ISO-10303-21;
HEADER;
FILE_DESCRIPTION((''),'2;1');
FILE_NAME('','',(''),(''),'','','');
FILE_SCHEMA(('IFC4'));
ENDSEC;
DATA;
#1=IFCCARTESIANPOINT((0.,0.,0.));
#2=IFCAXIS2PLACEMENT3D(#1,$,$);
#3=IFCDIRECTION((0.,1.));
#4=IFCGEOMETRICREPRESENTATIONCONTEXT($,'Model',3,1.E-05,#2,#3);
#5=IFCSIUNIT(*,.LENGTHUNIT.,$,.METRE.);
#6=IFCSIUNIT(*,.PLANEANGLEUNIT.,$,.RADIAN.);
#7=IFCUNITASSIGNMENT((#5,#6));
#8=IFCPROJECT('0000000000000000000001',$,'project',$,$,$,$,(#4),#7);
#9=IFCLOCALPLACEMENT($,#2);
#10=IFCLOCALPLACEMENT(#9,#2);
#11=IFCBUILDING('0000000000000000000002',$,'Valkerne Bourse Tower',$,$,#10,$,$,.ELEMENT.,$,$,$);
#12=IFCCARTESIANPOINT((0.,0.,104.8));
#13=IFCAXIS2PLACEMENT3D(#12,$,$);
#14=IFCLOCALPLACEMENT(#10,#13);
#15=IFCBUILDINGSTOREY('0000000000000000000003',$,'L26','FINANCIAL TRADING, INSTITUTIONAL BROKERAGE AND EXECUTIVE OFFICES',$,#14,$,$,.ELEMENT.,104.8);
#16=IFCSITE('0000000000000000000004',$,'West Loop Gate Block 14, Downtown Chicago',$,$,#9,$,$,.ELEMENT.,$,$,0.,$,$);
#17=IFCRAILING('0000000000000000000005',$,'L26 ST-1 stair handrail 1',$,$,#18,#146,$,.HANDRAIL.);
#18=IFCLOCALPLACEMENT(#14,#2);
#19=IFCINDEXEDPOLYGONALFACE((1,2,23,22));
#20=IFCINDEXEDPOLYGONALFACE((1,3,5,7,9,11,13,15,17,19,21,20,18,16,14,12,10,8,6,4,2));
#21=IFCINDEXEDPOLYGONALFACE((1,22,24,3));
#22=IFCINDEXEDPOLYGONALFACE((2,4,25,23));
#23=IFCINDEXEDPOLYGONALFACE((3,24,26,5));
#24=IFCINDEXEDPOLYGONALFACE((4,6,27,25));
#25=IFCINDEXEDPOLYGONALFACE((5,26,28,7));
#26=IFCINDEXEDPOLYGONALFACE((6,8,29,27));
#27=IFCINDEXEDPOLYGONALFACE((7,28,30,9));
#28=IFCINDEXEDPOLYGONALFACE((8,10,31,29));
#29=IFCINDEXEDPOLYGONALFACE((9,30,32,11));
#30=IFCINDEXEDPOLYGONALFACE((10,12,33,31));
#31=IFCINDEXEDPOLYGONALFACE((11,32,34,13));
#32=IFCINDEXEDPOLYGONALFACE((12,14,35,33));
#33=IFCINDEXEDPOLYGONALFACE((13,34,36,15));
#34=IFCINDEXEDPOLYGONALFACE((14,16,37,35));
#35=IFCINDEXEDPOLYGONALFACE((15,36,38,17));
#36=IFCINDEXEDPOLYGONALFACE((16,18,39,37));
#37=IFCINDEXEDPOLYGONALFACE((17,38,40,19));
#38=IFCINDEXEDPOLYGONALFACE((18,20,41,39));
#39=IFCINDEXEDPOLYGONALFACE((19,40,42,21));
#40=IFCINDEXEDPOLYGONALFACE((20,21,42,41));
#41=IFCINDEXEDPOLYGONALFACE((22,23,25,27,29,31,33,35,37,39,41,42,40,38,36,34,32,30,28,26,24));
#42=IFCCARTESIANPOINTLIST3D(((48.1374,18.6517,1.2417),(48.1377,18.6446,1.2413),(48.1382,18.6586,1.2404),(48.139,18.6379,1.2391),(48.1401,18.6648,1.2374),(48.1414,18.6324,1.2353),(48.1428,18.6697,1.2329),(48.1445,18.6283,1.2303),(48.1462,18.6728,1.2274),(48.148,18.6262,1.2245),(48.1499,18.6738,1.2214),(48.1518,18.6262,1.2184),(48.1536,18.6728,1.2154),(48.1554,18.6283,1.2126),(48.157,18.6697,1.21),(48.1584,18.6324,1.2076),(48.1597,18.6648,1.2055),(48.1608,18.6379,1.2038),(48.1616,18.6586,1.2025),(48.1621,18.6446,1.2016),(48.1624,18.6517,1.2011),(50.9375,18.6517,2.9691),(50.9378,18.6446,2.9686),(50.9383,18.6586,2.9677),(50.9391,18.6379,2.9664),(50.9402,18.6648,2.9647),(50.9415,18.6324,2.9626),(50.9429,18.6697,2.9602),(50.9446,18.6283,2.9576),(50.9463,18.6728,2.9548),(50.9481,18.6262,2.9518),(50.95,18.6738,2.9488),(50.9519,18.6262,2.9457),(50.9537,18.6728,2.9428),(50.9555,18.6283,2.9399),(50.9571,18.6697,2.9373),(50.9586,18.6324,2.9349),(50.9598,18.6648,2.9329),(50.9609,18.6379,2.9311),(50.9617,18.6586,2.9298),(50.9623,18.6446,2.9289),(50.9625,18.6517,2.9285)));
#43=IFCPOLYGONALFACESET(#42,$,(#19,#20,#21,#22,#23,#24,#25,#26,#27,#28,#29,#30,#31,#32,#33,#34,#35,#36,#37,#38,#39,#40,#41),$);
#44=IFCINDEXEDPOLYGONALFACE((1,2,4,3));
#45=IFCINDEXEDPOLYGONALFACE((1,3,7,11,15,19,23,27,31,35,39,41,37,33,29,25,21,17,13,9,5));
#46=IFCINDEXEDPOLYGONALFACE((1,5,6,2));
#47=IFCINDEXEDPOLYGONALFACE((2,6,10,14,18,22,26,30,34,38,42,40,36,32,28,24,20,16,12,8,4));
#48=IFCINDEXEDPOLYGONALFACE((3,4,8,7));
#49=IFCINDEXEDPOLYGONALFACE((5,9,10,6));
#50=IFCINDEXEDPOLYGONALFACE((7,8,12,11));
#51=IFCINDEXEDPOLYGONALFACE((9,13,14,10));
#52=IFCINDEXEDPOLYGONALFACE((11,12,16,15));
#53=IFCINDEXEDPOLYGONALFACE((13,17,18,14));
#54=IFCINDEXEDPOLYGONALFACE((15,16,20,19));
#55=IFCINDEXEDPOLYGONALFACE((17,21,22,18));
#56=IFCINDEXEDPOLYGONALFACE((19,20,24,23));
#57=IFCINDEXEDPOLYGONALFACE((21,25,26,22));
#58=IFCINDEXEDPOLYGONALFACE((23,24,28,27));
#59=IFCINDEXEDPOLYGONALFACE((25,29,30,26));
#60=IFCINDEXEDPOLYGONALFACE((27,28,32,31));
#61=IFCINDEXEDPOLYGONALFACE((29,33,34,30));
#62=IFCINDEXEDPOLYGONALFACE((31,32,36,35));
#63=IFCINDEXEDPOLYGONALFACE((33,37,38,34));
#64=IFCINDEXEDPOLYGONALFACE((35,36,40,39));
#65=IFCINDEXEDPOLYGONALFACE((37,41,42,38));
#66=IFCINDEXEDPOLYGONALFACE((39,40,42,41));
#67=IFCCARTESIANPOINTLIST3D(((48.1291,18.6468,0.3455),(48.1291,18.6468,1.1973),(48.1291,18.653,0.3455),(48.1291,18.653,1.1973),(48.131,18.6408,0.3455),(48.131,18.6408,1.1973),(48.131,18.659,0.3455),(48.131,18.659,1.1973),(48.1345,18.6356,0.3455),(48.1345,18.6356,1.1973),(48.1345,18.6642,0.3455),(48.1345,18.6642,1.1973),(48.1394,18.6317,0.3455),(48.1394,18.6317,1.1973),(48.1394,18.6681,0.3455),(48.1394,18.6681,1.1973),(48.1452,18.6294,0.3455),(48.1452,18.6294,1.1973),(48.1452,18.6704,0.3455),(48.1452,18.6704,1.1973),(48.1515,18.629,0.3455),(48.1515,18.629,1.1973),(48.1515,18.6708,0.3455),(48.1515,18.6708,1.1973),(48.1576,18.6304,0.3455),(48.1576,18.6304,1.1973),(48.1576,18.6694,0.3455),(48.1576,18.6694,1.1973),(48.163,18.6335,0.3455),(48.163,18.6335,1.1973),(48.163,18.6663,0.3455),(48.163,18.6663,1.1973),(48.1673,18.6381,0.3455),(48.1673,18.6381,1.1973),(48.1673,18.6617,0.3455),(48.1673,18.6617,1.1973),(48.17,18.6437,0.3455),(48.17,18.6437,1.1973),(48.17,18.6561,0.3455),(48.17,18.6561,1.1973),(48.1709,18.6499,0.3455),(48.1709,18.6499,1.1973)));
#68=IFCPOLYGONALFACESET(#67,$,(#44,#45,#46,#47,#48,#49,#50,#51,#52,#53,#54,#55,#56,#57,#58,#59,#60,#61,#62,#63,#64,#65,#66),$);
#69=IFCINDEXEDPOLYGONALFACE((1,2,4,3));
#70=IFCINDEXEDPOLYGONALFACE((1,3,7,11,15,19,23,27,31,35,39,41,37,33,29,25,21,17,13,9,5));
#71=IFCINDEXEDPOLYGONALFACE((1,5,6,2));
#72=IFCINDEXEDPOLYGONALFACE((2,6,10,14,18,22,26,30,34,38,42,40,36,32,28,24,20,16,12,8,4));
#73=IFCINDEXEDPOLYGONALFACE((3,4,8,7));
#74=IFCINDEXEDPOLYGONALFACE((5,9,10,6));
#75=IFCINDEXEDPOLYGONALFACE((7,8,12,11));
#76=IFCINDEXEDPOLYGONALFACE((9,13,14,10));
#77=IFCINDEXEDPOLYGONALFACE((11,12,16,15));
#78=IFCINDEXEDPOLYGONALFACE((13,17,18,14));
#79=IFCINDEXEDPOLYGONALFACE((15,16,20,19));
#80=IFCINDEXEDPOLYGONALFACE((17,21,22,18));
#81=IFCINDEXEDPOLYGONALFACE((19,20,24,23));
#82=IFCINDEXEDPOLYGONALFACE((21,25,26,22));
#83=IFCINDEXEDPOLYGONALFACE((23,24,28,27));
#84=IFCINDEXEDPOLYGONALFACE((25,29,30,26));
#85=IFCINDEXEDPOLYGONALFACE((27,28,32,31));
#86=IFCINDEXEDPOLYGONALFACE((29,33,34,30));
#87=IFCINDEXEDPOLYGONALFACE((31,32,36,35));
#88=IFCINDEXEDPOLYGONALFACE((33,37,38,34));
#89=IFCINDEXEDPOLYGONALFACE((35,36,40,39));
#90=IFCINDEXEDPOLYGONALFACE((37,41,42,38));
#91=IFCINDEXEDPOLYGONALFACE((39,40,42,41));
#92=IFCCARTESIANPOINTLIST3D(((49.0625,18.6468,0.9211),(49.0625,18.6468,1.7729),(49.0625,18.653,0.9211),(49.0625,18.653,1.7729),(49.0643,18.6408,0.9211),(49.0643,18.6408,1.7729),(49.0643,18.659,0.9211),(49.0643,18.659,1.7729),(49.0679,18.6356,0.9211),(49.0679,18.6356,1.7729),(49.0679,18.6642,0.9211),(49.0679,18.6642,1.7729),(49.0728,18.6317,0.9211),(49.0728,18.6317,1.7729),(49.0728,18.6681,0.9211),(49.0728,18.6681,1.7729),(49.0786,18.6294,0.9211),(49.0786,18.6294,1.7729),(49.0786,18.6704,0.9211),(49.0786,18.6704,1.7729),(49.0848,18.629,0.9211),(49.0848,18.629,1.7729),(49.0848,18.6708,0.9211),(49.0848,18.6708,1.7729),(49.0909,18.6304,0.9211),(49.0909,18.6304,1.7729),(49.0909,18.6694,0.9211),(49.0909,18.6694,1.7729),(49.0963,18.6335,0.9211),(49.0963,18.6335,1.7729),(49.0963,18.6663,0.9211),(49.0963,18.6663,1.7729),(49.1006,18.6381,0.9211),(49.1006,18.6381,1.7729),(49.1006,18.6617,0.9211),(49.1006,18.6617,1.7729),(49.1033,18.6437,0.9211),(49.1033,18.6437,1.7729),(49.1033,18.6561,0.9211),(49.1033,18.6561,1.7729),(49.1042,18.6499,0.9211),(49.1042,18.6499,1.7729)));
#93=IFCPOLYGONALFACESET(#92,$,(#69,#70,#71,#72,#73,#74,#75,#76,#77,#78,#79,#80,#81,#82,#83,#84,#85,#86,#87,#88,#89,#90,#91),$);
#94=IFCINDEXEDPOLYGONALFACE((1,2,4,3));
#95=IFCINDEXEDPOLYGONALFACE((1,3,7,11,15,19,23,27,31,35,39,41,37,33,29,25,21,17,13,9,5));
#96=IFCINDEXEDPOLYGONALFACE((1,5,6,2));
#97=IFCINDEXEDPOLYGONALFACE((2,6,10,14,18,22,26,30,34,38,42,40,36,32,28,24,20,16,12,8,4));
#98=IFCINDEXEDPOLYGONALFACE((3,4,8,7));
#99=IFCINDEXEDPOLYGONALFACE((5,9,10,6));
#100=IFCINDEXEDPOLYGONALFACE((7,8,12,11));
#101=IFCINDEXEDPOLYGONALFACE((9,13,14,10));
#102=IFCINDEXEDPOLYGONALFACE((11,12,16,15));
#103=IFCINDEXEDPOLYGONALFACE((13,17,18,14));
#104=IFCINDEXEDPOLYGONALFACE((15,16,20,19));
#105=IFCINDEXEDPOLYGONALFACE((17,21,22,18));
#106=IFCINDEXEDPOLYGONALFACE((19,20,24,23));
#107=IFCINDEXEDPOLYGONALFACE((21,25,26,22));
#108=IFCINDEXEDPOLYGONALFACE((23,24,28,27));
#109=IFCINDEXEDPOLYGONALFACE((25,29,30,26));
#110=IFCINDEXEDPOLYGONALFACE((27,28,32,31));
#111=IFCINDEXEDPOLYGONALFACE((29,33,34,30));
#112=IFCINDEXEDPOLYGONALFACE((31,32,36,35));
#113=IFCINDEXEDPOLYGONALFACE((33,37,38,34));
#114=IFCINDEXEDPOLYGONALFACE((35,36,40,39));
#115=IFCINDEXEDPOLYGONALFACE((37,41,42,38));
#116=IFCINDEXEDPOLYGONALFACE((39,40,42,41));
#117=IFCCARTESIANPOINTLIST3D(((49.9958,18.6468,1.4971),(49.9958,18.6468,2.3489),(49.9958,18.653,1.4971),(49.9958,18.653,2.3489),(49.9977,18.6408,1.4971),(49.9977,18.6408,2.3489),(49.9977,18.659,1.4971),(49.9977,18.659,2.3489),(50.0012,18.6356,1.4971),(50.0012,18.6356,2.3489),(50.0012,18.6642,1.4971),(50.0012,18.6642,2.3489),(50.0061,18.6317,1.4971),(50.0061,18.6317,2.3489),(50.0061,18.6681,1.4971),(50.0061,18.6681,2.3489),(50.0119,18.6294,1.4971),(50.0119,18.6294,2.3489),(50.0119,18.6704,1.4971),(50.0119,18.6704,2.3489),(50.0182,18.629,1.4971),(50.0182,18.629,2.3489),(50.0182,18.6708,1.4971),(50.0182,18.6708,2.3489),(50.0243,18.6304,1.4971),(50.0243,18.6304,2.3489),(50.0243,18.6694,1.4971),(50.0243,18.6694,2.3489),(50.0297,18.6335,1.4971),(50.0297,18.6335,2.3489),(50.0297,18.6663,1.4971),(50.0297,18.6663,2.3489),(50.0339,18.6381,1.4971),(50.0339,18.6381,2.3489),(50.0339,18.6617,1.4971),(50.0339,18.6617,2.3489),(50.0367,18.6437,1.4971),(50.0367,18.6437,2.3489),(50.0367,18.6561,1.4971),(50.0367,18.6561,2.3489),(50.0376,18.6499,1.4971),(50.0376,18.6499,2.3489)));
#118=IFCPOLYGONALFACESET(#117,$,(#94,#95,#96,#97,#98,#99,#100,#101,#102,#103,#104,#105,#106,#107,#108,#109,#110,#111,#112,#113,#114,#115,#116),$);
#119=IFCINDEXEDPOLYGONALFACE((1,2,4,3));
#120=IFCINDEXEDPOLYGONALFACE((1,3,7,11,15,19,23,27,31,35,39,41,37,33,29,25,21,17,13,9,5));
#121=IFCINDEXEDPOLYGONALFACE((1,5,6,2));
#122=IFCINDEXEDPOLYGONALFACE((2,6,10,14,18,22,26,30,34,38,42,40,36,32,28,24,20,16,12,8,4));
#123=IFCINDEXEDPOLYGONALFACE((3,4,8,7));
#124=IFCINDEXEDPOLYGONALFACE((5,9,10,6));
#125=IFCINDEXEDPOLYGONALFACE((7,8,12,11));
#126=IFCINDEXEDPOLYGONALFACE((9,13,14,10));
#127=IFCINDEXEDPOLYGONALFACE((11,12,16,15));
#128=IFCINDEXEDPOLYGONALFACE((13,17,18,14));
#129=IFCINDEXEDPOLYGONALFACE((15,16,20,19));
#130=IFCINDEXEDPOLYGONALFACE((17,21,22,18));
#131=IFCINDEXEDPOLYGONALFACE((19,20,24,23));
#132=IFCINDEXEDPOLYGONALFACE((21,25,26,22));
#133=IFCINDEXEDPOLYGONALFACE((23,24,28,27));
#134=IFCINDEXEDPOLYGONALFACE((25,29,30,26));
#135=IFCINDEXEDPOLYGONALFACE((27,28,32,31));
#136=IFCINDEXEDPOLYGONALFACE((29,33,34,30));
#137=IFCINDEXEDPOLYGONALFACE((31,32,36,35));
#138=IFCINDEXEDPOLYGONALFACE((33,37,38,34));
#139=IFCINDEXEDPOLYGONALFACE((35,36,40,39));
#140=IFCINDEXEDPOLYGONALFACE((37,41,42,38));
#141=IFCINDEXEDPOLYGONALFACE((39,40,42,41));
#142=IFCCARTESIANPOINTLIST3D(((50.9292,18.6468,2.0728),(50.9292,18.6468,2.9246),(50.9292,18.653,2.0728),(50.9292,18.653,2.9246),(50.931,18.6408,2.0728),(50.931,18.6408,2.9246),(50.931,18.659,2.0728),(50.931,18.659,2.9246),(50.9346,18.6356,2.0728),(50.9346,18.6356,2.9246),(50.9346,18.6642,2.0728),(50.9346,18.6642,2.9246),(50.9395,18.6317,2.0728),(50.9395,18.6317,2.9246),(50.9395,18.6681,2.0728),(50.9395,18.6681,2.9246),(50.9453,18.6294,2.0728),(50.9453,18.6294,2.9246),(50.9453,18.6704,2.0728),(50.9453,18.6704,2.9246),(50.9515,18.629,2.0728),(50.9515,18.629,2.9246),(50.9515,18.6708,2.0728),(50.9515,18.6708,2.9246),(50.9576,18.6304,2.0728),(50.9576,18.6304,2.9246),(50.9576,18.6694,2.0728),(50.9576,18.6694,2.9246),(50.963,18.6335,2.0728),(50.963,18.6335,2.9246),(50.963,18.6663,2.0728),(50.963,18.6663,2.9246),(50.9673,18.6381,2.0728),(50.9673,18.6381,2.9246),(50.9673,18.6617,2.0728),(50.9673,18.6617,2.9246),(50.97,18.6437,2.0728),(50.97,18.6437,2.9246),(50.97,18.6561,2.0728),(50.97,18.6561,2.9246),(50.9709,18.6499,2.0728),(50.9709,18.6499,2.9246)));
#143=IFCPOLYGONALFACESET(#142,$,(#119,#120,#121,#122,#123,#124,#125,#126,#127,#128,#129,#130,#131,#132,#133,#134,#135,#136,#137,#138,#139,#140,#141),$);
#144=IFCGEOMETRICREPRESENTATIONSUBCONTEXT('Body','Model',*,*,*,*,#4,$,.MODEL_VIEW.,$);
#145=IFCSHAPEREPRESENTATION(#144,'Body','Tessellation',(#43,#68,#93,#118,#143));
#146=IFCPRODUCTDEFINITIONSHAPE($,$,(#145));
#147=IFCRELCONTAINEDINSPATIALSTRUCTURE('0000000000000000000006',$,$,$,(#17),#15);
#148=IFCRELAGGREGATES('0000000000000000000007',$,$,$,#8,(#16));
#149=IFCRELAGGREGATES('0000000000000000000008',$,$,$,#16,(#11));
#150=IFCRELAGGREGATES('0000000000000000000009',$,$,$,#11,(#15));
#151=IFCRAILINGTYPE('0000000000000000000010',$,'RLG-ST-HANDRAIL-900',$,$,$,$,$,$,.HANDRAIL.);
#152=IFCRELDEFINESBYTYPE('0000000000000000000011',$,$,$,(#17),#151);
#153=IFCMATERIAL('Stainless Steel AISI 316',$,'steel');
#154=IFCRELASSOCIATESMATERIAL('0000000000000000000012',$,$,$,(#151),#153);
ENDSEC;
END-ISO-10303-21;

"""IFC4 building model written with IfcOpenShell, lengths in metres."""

from ifc_helpers import new_model, si_unit, direction, frame, origin, origin_2d, place, context, subcontext, project, spatial, circle, extrude, material, type_object, element, save


model = new_model("IFC4")

# Units and contexts
model_context = context("Model", 3, precision=1e-05, world=origin(), true_north=direction((0.0, 1.0)))
body_context = subcontext(model_context, "Body", "Model", "MODEL_VIEW")
ifc_project = project(units=[si_unit("LENGTHUNIT", "METRE"), si_unit("PLANEANGLEUNIT", "RADIAN")], contexts=[model_context])

# Site, building, storey
site_placement = place(None, origin())
site = spatial("IfcSite", under=ifc_project, at=site_placement, Name="West Loop Gate Block 14, Downtown Chicago", CompositionType="ELEMENT", RefElevation=0.0)
building_placement = place(site_placement, origin())
building = spatial("IfcBuilding", under=site, at=building_placement, Name="Valkerne Bourse Tower", CompositionType="ELEMENT")
storey_placement = place(building_placement, frame((0.0, 0.0, 104.8)))
storey = spatial("IfcBuildingStorey", under=building, at=storey_placement, Name="L26", Description="FINANCIAL TRADING, INSTITUTIONAL BROKERAGE AND EXECUTIVE OFFICES", CompositionType="ELEMENT", Elevation=104.8)

# Shared definitions
ifc_material_1 = material(Name="Stainless Steel AISI 316", Category="steel")

# Railing
railing_type_1 = type_object("IfcRailingType", Name="RLG-ST-HANDRAIL-900", PredefinedType="HANDRAIL", material=ifc_material_1)
railing_1_placement = place(storey_placement, frame((48.1499, 18.6499, 0.3455)))
element("IfcRailing", 1, at=railing_1_placement, inside=storey, type_object=railing_type_1, Name="L26 ST-1 stair handrail 1", PredefinedType="HANDRAIL", context=body_context, shape_type="SweptSolid", body=[
    extrude(circle(Radius=0.0239, at=origin_2d()), frame((0.0, 0.0, 0.876), z_axis=(0.85109, 0.0, 0.52502), x_axis=(0.0, 1.0, 0.0)), (0.0, 0.0, 1.0), 3.29),
    extrude(circle(Radius=0.021, at=origin_2d()), origin(), (0.0, 0.0, 1.0), 0.8518),
    extrude(circle(Radius=0.021, at=origin_2d()), frame((0.9333, 0.0, 0.5757)), (0.0, 0.0, 1.0), 0.8518),
    extrude(circle(Radius=0.021, at=origin_2d()), frame((1.8667, 0.0, 1.1516)), (0.0, 0.0, 1.0), 0.8518),
    extrude(circle(Radius=0.021, at=origin_2d()), frame((2.8, 0.0, 1.7273)), (0.0, 0.0, 1.0), 0.8518),
])

save(model, "model.ifc")
